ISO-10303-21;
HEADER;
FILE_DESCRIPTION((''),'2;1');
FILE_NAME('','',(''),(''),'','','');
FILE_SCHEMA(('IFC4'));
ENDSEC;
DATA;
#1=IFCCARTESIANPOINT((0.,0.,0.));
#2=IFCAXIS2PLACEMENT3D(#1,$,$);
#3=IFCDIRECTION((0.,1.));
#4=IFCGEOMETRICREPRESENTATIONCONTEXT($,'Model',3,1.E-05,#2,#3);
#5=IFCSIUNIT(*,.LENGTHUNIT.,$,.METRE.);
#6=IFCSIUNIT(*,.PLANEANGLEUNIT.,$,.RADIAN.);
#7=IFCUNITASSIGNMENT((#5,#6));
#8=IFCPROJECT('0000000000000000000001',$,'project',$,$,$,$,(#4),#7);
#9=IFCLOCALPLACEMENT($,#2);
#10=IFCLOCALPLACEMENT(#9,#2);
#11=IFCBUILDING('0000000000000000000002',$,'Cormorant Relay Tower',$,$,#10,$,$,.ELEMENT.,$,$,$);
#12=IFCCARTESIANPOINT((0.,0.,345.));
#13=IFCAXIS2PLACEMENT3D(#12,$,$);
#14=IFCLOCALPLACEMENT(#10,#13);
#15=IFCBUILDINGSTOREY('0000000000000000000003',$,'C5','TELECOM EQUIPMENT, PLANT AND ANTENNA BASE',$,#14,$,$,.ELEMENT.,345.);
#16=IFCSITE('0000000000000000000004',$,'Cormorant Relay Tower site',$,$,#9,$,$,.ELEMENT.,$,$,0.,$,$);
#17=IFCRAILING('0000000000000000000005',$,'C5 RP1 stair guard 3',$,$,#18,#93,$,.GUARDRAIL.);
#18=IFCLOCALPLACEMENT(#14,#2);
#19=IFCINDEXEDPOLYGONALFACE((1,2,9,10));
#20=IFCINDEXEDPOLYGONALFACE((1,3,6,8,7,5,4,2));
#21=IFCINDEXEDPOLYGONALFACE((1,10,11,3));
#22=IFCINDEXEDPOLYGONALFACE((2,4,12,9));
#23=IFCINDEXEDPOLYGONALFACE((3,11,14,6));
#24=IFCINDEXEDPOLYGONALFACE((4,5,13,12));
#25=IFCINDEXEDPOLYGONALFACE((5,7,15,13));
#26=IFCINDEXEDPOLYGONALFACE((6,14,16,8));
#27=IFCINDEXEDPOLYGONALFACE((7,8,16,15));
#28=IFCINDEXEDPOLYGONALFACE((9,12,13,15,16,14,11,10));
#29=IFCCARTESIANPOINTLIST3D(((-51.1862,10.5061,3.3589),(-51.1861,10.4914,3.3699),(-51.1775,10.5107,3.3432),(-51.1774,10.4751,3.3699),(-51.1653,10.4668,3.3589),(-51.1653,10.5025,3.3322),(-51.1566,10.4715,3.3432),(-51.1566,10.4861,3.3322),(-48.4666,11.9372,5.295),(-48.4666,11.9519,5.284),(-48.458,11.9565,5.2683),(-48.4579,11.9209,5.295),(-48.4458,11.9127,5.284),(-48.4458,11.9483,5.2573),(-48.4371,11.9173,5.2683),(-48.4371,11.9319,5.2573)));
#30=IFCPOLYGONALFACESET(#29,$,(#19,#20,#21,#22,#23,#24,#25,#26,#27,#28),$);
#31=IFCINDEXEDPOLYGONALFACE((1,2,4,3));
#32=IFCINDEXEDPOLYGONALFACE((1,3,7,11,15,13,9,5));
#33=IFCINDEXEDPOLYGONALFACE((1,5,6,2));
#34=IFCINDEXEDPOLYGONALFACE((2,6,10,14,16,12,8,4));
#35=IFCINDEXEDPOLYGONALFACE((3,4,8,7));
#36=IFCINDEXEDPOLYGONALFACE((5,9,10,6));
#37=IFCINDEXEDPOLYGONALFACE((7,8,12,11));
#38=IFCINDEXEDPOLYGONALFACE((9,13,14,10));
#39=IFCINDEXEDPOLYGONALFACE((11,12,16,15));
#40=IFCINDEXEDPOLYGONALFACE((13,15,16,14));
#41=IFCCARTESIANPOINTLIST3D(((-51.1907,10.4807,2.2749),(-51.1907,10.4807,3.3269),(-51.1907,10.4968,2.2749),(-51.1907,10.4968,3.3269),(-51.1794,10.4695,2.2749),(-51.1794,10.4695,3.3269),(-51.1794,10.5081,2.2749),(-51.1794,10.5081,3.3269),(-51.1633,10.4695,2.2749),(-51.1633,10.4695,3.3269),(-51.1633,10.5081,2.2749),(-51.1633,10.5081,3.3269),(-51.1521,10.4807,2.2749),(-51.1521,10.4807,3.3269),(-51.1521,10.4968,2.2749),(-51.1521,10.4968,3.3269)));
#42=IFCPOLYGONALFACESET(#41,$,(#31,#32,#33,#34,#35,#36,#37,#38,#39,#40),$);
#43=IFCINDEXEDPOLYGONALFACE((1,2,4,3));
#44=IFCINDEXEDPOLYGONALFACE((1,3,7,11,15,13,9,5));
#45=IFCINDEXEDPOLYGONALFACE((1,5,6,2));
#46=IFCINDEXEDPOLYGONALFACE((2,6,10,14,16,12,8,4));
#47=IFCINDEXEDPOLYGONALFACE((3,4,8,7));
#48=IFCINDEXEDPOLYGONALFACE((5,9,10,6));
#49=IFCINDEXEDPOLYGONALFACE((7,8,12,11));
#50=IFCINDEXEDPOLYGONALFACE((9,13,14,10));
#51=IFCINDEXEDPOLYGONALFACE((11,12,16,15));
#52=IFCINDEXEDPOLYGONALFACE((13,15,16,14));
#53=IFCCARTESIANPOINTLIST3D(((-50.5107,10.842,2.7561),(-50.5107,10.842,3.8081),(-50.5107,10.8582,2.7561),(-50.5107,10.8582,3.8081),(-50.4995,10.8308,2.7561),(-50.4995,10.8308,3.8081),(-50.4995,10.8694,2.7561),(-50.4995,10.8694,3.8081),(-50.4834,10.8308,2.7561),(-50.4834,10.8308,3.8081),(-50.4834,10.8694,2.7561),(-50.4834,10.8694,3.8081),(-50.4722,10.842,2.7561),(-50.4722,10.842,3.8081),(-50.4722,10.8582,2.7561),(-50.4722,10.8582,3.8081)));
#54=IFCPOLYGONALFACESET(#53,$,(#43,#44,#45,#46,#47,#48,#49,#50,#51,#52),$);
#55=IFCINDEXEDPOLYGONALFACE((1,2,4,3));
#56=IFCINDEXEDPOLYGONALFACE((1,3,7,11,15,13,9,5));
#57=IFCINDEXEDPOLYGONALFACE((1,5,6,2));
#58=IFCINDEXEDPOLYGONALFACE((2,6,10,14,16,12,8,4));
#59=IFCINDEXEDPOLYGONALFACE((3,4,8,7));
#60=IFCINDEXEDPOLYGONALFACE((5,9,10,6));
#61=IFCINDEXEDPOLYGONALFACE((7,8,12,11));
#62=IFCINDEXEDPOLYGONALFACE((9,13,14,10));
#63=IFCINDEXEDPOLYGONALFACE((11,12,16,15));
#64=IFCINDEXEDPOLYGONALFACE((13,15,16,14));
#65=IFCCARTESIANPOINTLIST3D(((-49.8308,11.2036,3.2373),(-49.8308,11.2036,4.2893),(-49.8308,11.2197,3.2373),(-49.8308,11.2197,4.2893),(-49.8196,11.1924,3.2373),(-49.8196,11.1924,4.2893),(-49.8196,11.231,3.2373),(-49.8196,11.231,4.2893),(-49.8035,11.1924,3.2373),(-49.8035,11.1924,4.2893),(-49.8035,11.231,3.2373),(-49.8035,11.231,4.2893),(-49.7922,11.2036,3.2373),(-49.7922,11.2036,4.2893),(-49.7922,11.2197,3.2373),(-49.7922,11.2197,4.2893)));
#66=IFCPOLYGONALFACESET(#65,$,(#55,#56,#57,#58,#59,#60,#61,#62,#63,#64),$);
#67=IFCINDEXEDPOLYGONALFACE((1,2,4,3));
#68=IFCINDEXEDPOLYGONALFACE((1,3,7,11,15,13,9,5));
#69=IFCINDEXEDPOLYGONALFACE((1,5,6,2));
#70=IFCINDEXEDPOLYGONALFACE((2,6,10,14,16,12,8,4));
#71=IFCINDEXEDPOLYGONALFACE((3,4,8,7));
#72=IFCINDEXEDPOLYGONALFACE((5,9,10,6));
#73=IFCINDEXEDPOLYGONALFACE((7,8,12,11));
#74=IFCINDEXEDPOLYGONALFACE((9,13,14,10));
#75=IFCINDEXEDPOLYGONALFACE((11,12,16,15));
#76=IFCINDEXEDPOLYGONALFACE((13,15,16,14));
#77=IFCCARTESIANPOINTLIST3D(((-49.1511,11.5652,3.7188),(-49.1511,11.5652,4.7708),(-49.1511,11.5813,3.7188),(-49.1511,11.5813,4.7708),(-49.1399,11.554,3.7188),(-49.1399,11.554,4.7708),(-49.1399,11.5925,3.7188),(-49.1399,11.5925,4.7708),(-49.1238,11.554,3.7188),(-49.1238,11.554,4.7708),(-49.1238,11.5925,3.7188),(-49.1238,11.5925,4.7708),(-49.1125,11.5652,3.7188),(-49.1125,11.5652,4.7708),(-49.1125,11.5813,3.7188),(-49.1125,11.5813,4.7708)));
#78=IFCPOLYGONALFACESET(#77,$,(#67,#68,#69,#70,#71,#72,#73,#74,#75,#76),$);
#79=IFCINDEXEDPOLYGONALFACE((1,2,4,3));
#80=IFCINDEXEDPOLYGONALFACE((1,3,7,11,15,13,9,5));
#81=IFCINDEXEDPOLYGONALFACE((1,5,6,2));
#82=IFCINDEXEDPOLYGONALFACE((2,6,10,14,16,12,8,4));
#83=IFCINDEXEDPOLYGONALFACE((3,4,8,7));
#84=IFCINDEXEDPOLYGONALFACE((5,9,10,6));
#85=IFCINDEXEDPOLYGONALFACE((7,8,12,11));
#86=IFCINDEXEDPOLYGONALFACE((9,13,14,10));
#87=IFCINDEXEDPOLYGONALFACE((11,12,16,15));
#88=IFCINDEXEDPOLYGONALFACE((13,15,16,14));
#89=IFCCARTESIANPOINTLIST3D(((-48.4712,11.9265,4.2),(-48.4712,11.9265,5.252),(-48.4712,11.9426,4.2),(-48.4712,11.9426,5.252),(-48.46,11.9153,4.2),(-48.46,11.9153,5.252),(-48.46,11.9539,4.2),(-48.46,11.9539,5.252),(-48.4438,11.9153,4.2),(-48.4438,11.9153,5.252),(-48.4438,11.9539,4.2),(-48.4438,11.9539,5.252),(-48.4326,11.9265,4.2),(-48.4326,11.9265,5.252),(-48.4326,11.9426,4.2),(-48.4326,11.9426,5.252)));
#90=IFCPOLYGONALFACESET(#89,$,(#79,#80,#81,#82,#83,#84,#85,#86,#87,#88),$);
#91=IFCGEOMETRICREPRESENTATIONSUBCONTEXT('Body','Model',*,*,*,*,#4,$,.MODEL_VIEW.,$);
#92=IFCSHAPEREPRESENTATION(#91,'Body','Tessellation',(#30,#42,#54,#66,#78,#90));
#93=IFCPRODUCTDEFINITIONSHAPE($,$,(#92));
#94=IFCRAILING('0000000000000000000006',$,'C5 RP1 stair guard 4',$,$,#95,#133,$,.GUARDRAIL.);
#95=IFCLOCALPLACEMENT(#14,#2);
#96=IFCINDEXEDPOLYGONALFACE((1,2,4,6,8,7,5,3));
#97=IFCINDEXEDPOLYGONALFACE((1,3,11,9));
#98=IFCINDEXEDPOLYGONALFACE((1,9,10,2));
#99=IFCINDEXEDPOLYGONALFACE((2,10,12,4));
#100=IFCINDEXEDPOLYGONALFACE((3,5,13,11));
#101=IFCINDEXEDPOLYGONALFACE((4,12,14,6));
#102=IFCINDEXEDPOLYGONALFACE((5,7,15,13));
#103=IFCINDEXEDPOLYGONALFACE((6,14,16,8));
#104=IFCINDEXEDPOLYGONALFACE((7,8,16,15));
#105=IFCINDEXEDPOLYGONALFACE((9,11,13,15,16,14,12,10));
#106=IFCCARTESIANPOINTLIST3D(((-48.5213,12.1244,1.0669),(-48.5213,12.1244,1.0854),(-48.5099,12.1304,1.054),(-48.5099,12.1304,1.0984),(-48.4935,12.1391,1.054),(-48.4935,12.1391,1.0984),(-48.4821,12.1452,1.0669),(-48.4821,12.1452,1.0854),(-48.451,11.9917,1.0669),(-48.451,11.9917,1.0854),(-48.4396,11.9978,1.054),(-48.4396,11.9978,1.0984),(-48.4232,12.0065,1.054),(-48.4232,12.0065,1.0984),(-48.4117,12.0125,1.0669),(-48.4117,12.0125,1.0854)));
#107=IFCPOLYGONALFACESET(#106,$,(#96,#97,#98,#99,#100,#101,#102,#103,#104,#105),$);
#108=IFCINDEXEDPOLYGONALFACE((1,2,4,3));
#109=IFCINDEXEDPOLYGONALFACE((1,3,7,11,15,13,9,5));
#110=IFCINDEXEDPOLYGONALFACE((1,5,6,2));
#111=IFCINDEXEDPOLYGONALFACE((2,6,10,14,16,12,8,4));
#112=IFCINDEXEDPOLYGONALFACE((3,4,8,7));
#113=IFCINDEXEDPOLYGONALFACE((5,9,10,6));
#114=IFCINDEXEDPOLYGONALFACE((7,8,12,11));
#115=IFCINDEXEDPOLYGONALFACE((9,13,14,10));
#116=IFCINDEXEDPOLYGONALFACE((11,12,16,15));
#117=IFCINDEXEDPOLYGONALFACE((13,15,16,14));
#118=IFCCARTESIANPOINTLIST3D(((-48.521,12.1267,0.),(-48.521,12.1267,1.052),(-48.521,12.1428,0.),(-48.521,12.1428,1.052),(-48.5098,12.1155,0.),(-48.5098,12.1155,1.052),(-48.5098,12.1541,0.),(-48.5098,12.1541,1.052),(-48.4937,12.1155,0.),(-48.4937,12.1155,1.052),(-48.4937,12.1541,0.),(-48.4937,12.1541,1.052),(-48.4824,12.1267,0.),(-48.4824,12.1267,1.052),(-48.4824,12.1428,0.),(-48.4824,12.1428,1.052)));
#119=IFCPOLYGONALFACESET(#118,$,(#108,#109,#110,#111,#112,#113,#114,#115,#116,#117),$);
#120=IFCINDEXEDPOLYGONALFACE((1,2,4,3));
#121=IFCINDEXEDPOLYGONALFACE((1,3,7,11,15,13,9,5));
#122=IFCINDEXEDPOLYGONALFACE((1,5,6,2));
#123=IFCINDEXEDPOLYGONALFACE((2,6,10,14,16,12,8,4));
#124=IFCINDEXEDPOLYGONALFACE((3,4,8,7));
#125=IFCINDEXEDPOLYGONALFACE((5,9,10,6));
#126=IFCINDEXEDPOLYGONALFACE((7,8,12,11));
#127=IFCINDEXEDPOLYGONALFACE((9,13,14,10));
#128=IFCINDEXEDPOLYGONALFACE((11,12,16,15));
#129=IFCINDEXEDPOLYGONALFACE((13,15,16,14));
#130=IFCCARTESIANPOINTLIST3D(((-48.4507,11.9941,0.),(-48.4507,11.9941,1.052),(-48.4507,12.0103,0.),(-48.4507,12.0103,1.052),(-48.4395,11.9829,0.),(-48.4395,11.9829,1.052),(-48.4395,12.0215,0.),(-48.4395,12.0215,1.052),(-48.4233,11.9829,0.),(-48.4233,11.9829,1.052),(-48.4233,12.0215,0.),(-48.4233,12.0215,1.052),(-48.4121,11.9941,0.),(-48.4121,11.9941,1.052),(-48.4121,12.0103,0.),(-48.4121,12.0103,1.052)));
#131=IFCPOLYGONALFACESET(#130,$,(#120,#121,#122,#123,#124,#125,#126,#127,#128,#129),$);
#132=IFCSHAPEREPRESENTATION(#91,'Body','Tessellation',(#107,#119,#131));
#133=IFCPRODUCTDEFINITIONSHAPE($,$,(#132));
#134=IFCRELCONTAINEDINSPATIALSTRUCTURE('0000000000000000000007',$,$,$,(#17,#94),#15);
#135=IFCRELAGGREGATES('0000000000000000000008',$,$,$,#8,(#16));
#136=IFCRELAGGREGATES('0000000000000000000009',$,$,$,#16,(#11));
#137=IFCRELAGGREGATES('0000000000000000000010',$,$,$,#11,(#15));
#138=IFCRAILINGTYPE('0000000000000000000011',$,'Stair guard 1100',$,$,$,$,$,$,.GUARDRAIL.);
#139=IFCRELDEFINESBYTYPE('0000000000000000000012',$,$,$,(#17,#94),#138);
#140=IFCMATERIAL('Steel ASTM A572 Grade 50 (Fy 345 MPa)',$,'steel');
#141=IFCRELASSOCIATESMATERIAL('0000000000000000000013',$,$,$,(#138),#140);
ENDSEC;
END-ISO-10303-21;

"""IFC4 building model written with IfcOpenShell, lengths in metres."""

from ifc_helpers import new_model, si_unit, direction, frame, origin, place, context, subcontext, project, spatial, polyline, outline, extrude, material, type_object, element, save


model = new_model("IFC4")

# Units and contexts
model_context = context("Model", 3, precision=1e-05, world=origin(), true_north=direction((0.0, 1.0)))
body_context = subcontext(model_context, "Body", "Model", "MODEL_VIEW")
ifc_project = project(units=[si_unit("LENGTHUNIT", "METRE"), si_unit("PLANEANGLEUNIT", "RADIAN")], contexts=[model_context])

# Site, building, storey
site_placement = place(None, origin())
site = spatial("IfcSite", under=ifc_project, at=site_placement, Name="Cormorant Relay Tower site", CompositionType="ELEMENT", RefElevation=0.0)
building_placement = place(site_placement, origin())
building = spatial("IfcBuilding", under=site, at=building_placement, Name="Cormorant Relay Tower", CompositionType="ELEMENT")
storey_placement = place(building_placement, frame((0.0, 0.0, 345.0)))
storey = spatial("IfcBuildingStorey", under=building, at=storey_placement, Name="C5", Description="TELECOM EQUIPMENT, PLANT AND ANTENNA BASE", CompositionType="ELEMENT", Elevation=345.0)

# Railings
ifc_material_1 = material(Name="Steel ASTM A572 Grade 50 (Fy 345 MPa)", Category="steel")
railing_type_1 = type_object("IfcRailingType", Name="Stair guard 1100", PredefinedType="GUARDRAIL", material=ifc_material_1)
railing_1_placement = place(storey_placement, frame((-51.1714, 10.4888, 2.2749)))
element("IfcRailing", 1, at=railing_1_placement, inside=storey, type_object=railing_type_1, Name="C5 RP1 stair guard 3", PredefinedType="GUARDRAIL", context=body_context, shape_type="SweptSolid", body=[
    extrude(outline(polyline([(0.0222, 0.0093), (0.0093, 0.0222), (-0.0093, 0.0222), (-0.0222, 0.0093), (-0.0222, -0.0093), (-0.0093, -0.0222), (0.0093, -0.0222), (0.0222, -0.0093), (0.0222, 0.0093)])), frame((0.0, 0.0, 1.0762), z_axis=(0.748747, 0.398068, 0.530018), x_axis=(-0.469428, 0.882971, 0.0)), (0.0, 0.0, 1.0), 3.6321),
    extrude(outline(polyline([(0.0193, 0.0081), (0.0081, 0.0193), (-0.0081, 0.0193), (-0.0193, 0.0081), (-0.0193, -0.0081), (-0.0081, -0.0193), (0.0081, -0.0193), (0.0193, -0.0081), (0.0193, 0.0081)])), origin(), (0.0, 0.0, 1.0), 1.052),
    extrude(outline(polyline([(0.0193, 0.0081), (0.0081, 0.0193), (-0.0081, 0.0193), (-0.0193, 0.0081), (-0.0193, -0.0081), (-0.0081, -0.0193), (0.0081, -0.0193), (0.0193, -0.0081), (0.0193, 0.0081)])), frame((0.6799, 0.3613, 0.4812)), (0.0, 0.0, 1.0), 1.052),
    extrude(outline(polyline([(0.0193, 0.0081), (0.0081, 0.0193), (-0.0081, 0.0193), (-0.0193, 0.0081), (-0.0193, -0.0081), (-0.0081, -0.0193), (0.0081, -0.0193), (0.0193, -0.0081), (0.0193, 0.0081)])), frame((1.3599, 0.7229, 0.9624)), (0.0, 0.0, 1.0), 1.052),
    extrude(outline(polyline([(0.0193, 0.0081), (0.0081, 0.0193), (-0.0081, 0.0193), (-0.0193, 0.0081), (-0.0193, -0.0081), (-0.0081, -0.0193), (0.0081, -0.0193), (0.0193, -0.0081), (0.0193, 0.0081)])), frame((2.0396, 1.0845, 1.4438)), (0.0, 0.0, 1.0), 1.052),
    extrude(outline(polyline([(0.0193, 0.0081), (0.0081, 0.0193), (-0.0081, 0.0193), (-0.0193, 0.0081), (-0.0193, -0.0081), (-0.0081, -0.0193), (0.0081, -0.0193), (0.0193, -0.0081), (0.0193, 0.0081)])), frame((2.7195, 1.4458, 1.925)), (0.0, 0.0, 1.0), 1.052),
])
railing_2_placement = place(storey_placement, frame((-48.5017, 12.1348, 0.0)))
element("IfcRailing", 2, at=railing_2_placement, inside=storey, type_object=railing_type_1, Name="C5 RP1 stair guard 4", PredefinedType="GUARDRAIL", context=body_context, shape_type="SweptSolid", body=[
    extrude(outline(polyline([(0.0222, 0.0093), (0.0093, 0.0222), (-0.0093, 0.0222), (-0.0222, 0.0093), (-0.0222, -0.0093), (-0.0093, -0.0222), (0.0093, -0.0222), (0.0222, -0.0093), (0.0222, 0.0093)])), frame((0.0, 0.0, 1.0762), z_axis=(0.46856, -0.883431, 0.0), x_axis=(0.883431, 0.46856, 0.0)), (0.0, 0.0, 1.0), 0.1501),
    extrude(outline(polyline([(0.0193, 0.0081), (0.0081, 0.0193), (-0.0081, 0.0193), (-0.0193, 0.0081), (-0.0193, -0.0081), (-0.0081, -0.0193), (0.0081, -0.0193), (0.0193, -0.0081), (0.0193, 0.0081)])), origin(), (0.0, 0.0, 1.0), 1.052),
    extrude(outline(polyline([(0.0193, 0.0081), (0.0081, 0.0193), (-0.0081, 0.0193), (-0.0193, 0.0081), (-0.0193, -0.0081), (-0.0081, -0.0193), (0.0081, -0.0193), (0.0193, -0.0081), (0.0193, 0.0081)])), frame((0.0703, -0.1326, 0.0)), (0.0, 0.0, 1.0), 1.052),
])

save(model, "model.ifc")
